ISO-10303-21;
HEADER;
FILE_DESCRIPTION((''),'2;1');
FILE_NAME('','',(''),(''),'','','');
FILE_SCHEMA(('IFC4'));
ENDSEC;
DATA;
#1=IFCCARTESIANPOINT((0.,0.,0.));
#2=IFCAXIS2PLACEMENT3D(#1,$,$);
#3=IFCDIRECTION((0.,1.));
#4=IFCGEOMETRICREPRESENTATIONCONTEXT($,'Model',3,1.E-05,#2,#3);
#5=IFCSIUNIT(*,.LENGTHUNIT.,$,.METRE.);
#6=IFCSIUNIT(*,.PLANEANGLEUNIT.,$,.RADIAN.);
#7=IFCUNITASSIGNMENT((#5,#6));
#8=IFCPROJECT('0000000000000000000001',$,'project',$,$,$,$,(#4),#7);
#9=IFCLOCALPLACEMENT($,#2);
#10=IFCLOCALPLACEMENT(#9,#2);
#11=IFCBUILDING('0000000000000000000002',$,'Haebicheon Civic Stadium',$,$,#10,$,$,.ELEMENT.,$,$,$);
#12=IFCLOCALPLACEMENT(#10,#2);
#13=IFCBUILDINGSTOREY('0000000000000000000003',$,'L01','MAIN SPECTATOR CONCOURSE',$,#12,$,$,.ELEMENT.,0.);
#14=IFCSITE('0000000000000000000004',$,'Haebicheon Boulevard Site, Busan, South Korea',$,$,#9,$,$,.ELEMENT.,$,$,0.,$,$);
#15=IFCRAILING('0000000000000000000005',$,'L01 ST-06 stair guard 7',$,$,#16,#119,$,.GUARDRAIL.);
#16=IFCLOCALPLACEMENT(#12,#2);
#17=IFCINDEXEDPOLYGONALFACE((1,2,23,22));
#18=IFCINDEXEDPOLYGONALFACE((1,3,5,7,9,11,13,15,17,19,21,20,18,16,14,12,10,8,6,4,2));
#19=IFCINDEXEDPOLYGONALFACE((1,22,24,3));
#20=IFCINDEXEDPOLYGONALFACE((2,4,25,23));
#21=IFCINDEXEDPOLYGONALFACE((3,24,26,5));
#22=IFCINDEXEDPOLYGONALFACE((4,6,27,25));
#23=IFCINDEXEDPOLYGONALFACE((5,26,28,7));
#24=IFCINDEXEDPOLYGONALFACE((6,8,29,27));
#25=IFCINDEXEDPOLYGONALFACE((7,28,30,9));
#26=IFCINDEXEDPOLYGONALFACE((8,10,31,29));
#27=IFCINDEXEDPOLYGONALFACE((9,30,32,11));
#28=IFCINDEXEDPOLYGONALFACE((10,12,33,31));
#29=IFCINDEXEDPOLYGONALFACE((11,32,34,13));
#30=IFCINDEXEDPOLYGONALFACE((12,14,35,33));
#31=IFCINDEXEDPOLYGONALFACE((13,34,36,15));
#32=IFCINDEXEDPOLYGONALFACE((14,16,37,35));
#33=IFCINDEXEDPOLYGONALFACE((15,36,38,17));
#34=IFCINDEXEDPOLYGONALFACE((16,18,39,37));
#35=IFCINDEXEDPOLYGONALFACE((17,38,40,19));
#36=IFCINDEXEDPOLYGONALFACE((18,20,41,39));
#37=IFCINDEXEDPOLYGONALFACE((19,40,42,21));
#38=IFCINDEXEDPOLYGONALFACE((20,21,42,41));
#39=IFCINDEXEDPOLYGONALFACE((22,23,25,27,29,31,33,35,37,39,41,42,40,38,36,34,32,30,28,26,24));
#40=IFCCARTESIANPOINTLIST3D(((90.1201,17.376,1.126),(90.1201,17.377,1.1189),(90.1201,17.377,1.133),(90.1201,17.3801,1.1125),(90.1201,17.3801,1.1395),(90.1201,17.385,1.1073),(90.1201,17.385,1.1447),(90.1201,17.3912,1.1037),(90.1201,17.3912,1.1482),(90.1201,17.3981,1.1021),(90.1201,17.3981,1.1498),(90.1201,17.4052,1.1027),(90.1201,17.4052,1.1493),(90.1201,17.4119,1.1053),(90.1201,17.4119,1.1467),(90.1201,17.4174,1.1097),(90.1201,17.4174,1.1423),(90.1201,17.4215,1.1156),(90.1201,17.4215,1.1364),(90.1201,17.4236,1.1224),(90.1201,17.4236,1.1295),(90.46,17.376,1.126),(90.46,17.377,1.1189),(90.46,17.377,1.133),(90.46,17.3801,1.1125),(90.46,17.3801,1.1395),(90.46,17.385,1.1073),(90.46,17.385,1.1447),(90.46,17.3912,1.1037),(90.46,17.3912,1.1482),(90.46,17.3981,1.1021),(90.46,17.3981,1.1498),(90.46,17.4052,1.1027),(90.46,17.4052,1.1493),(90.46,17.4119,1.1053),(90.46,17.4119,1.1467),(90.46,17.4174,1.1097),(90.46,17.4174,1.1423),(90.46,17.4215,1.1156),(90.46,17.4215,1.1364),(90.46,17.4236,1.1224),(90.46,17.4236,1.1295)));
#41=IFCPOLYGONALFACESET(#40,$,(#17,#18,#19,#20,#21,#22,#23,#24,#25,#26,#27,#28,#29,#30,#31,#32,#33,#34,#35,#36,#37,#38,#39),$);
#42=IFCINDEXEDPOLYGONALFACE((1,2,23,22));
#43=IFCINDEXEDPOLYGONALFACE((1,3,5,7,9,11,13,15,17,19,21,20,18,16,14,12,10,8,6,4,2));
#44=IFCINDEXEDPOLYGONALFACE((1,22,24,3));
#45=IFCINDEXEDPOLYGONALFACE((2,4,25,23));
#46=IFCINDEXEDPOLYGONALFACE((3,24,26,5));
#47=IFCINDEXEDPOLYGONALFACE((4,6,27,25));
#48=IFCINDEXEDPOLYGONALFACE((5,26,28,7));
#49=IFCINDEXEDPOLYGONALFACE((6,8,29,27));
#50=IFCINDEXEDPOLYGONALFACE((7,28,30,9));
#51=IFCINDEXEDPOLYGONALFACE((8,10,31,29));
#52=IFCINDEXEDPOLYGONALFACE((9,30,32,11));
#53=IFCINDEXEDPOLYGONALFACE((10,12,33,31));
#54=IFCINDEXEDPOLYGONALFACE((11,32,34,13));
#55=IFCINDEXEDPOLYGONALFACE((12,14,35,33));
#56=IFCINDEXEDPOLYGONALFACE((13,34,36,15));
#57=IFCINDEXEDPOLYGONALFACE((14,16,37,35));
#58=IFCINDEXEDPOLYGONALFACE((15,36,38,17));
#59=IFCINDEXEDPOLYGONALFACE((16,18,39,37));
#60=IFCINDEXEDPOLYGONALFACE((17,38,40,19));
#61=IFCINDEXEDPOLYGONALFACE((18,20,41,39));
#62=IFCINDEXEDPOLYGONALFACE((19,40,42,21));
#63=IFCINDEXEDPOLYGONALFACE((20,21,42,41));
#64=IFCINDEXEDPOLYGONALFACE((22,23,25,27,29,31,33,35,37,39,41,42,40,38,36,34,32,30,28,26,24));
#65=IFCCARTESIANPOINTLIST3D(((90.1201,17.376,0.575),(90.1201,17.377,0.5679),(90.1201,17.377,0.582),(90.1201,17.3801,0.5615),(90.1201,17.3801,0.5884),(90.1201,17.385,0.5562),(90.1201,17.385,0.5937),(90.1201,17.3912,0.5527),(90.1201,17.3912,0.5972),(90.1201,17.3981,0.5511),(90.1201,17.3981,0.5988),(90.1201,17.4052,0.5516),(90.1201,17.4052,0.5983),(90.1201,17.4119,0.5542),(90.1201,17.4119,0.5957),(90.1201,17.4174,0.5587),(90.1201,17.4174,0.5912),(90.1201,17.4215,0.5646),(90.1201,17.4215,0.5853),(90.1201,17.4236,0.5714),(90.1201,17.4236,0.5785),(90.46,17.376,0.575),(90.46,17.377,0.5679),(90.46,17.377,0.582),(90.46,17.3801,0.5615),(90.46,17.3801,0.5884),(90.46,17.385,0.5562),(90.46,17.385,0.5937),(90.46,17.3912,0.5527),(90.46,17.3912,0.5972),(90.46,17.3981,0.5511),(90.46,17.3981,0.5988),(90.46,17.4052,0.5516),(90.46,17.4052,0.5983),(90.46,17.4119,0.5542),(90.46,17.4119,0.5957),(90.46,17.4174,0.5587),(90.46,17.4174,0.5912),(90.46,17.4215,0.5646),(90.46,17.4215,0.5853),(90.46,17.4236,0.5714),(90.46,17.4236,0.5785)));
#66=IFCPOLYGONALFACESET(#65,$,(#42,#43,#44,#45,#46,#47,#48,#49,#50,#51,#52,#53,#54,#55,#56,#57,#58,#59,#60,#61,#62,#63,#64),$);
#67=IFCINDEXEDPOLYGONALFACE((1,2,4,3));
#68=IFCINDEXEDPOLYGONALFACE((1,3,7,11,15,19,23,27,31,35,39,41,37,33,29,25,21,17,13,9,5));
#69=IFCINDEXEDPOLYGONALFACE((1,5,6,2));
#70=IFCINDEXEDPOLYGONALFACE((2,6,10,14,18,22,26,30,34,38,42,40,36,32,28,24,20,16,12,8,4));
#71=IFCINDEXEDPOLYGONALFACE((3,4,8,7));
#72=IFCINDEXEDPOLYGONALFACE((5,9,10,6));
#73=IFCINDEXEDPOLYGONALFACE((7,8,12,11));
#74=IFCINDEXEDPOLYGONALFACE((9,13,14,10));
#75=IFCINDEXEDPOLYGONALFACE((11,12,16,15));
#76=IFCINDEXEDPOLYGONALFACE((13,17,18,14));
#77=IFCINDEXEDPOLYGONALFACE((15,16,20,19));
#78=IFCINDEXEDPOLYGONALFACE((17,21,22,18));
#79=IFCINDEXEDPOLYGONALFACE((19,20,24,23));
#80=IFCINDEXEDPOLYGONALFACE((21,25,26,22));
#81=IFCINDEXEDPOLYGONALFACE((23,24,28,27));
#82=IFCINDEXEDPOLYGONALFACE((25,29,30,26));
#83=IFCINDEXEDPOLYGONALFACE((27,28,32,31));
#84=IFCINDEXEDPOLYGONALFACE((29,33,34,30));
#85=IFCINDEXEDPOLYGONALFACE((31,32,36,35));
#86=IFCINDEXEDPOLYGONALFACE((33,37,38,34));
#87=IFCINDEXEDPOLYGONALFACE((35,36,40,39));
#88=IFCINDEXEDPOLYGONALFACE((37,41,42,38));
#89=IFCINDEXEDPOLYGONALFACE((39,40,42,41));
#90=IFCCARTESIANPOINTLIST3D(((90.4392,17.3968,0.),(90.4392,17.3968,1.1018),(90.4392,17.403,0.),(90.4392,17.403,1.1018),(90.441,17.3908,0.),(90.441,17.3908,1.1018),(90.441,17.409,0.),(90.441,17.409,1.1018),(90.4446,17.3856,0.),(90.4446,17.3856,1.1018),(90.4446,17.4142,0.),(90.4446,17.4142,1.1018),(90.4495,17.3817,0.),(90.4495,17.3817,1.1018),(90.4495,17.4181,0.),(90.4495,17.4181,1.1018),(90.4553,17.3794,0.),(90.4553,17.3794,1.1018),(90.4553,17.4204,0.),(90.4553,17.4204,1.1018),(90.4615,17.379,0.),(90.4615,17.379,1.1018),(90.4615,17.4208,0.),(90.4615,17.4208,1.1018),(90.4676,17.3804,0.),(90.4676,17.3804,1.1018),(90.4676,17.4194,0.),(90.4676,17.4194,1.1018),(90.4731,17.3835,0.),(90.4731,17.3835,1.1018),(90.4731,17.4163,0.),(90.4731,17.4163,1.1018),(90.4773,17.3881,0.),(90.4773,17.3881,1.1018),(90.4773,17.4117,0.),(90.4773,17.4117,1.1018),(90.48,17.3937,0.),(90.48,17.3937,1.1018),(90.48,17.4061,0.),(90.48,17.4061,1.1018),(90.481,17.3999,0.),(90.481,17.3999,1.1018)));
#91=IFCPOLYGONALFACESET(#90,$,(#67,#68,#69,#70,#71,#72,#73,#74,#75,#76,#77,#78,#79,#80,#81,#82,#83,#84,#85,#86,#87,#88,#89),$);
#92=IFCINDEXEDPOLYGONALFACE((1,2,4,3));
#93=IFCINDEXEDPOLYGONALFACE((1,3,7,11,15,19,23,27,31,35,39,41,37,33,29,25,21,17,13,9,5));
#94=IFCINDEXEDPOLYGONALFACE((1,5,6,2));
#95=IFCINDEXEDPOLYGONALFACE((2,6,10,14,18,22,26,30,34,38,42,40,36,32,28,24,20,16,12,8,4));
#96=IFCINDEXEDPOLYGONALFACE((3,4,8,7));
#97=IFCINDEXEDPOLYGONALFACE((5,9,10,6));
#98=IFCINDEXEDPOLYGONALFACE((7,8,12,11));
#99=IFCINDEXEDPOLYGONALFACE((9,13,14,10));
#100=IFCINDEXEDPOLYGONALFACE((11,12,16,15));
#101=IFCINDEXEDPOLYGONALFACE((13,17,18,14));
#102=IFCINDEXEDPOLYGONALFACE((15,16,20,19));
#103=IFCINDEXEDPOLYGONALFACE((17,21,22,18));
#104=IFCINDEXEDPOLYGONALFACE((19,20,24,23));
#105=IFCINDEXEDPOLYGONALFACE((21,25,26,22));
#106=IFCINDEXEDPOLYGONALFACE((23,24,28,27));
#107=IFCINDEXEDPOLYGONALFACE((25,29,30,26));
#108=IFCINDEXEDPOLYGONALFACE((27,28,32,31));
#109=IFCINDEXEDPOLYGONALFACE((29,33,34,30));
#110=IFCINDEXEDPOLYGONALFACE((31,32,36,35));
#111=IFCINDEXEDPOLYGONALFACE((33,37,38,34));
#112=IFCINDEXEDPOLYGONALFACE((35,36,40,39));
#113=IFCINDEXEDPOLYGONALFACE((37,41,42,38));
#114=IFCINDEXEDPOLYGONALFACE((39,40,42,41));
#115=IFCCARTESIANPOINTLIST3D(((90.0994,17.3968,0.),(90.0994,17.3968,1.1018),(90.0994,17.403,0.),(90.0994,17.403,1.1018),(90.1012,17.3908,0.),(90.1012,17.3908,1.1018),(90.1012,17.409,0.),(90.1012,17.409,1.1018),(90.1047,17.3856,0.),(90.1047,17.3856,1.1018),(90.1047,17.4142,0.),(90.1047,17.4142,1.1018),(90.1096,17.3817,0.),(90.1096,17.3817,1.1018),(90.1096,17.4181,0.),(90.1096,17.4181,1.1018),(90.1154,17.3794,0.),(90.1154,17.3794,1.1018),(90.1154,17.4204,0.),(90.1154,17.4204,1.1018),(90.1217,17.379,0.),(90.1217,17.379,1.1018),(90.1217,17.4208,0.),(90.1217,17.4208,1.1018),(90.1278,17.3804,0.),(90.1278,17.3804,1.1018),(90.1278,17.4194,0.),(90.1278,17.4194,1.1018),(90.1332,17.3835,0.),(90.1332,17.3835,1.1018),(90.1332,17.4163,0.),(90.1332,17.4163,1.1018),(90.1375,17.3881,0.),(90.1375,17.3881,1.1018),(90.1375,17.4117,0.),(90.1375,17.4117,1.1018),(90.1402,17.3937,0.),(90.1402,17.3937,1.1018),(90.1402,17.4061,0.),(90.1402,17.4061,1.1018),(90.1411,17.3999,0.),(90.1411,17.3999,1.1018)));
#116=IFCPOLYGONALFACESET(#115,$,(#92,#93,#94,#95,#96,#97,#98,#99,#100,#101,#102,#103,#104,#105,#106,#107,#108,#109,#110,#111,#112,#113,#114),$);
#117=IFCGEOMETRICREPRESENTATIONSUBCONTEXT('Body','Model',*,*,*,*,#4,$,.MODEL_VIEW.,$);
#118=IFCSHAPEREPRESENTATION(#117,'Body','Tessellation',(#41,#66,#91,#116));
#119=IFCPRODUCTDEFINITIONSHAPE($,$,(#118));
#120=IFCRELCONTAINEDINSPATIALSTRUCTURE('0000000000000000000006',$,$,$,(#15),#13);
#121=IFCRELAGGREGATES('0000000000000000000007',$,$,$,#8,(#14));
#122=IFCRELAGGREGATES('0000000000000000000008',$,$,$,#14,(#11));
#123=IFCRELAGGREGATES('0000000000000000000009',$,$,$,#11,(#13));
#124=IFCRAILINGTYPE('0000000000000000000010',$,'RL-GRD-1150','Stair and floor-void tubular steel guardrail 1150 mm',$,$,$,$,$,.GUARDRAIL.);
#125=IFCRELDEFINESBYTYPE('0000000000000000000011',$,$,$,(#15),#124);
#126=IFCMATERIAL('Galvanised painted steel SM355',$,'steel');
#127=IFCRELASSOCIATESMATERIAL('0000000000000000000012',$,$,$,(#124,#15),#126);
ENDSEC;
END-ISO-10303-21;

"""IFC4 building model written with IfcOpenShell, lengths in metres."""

from ifc_helpers import new_model, si_unit, direction, frame, origin, origin_2d, place, context, subcontext, project, spatial, circle, extrude, material, type_object, element, save


model = new_model("IFC4")

# Units and contexts
model_context = context("Model", 3, precision=1e-05, world=origin(), true_north=direction((0.0, 1.0)))
body_context = subcontext(model_context, "Body", "Model", "MODEL_VIEW")
ifc_project = project(units=[si_unit("LENGTHUNIT", "METRE"), si_unit("PLANEANGLEUNIT", "RADIAN")], contexts=[model_context])

# Site, building, storey
site_placement = place(None, origin())
site = spatial("IfcSite", under=ifc_project, at=site_placement, Name="Haebicheon Boulevard Site, Busan, South Korea", CompositionType="ELEMENT", RefElevation=0.0)
building_placement = place(site_placement, origin())
building = spatial("IfcBuilding", under=site, at=building_placement, Name="Haebicheon Civic Stadium", CompositionType="ELEMENT")
storey_placement = place(building_placement, origin())
storey = spatial("IfcBuildingStorey", under=building, at=storey_placement, Name="L01", Description="MAIN SPECTATOR CONCOURSE", CompositionType="ELEMENT", Elevation=0.0)

# Railing
ifc_material_1 = material(Name="Galvanised painted steel SM355", Category="steel")
railing_type = type_object("IfcRailingType", Name="RL-GRD-1150", Description="Stair and floor-void tubular steel guardrail 1150 mm", PredefinedType="GUARDRAIL", material=ifc_material_1)
railing_1_placement = place(storey_placement, frame((90.46, 17.3999, 0.0)))
element("IfcRailing", 1, at=railing_1_placement, inside=storey, type_object=railing_type, material=ifc_material_1, Name="L01 ST-06 stair guard 7", PredefinedType="GUARDRAIL", context=body_context, shape_type="SweptSolid", body=[
    extrude(circle(Radius=0.0239, at=origin_2d()), frame((0.0, 0.0, 1.126), z_axis=(-1.0, 0.0, 0.0), x_axis=(0.0, -1.0, 0.0)), (0.0, 0.0, 1.0), 0.3398),
    extrude(circle(Radius=0.0239, at=origin_2d()), frame((0.0, 0.0, 0.575), z_axis=(-1.0, 0.0, 0.0), x_axis=(0.0, -1.0, 0.0)), (0.0, 0.0, 1.0), 0.3398),
    extrude(circle(Radius=0.021, at=origin_2d()), origin(), (0.0, 0.0, 1.0), 1.1018),
    extrude(circle(Radius=0.021, at=origin_2d()), frame((-0.3398, 0.0, 0.0)), (0.0, 0.0, 1.0), 1.1018),
])

save(model, "model.ifc")
